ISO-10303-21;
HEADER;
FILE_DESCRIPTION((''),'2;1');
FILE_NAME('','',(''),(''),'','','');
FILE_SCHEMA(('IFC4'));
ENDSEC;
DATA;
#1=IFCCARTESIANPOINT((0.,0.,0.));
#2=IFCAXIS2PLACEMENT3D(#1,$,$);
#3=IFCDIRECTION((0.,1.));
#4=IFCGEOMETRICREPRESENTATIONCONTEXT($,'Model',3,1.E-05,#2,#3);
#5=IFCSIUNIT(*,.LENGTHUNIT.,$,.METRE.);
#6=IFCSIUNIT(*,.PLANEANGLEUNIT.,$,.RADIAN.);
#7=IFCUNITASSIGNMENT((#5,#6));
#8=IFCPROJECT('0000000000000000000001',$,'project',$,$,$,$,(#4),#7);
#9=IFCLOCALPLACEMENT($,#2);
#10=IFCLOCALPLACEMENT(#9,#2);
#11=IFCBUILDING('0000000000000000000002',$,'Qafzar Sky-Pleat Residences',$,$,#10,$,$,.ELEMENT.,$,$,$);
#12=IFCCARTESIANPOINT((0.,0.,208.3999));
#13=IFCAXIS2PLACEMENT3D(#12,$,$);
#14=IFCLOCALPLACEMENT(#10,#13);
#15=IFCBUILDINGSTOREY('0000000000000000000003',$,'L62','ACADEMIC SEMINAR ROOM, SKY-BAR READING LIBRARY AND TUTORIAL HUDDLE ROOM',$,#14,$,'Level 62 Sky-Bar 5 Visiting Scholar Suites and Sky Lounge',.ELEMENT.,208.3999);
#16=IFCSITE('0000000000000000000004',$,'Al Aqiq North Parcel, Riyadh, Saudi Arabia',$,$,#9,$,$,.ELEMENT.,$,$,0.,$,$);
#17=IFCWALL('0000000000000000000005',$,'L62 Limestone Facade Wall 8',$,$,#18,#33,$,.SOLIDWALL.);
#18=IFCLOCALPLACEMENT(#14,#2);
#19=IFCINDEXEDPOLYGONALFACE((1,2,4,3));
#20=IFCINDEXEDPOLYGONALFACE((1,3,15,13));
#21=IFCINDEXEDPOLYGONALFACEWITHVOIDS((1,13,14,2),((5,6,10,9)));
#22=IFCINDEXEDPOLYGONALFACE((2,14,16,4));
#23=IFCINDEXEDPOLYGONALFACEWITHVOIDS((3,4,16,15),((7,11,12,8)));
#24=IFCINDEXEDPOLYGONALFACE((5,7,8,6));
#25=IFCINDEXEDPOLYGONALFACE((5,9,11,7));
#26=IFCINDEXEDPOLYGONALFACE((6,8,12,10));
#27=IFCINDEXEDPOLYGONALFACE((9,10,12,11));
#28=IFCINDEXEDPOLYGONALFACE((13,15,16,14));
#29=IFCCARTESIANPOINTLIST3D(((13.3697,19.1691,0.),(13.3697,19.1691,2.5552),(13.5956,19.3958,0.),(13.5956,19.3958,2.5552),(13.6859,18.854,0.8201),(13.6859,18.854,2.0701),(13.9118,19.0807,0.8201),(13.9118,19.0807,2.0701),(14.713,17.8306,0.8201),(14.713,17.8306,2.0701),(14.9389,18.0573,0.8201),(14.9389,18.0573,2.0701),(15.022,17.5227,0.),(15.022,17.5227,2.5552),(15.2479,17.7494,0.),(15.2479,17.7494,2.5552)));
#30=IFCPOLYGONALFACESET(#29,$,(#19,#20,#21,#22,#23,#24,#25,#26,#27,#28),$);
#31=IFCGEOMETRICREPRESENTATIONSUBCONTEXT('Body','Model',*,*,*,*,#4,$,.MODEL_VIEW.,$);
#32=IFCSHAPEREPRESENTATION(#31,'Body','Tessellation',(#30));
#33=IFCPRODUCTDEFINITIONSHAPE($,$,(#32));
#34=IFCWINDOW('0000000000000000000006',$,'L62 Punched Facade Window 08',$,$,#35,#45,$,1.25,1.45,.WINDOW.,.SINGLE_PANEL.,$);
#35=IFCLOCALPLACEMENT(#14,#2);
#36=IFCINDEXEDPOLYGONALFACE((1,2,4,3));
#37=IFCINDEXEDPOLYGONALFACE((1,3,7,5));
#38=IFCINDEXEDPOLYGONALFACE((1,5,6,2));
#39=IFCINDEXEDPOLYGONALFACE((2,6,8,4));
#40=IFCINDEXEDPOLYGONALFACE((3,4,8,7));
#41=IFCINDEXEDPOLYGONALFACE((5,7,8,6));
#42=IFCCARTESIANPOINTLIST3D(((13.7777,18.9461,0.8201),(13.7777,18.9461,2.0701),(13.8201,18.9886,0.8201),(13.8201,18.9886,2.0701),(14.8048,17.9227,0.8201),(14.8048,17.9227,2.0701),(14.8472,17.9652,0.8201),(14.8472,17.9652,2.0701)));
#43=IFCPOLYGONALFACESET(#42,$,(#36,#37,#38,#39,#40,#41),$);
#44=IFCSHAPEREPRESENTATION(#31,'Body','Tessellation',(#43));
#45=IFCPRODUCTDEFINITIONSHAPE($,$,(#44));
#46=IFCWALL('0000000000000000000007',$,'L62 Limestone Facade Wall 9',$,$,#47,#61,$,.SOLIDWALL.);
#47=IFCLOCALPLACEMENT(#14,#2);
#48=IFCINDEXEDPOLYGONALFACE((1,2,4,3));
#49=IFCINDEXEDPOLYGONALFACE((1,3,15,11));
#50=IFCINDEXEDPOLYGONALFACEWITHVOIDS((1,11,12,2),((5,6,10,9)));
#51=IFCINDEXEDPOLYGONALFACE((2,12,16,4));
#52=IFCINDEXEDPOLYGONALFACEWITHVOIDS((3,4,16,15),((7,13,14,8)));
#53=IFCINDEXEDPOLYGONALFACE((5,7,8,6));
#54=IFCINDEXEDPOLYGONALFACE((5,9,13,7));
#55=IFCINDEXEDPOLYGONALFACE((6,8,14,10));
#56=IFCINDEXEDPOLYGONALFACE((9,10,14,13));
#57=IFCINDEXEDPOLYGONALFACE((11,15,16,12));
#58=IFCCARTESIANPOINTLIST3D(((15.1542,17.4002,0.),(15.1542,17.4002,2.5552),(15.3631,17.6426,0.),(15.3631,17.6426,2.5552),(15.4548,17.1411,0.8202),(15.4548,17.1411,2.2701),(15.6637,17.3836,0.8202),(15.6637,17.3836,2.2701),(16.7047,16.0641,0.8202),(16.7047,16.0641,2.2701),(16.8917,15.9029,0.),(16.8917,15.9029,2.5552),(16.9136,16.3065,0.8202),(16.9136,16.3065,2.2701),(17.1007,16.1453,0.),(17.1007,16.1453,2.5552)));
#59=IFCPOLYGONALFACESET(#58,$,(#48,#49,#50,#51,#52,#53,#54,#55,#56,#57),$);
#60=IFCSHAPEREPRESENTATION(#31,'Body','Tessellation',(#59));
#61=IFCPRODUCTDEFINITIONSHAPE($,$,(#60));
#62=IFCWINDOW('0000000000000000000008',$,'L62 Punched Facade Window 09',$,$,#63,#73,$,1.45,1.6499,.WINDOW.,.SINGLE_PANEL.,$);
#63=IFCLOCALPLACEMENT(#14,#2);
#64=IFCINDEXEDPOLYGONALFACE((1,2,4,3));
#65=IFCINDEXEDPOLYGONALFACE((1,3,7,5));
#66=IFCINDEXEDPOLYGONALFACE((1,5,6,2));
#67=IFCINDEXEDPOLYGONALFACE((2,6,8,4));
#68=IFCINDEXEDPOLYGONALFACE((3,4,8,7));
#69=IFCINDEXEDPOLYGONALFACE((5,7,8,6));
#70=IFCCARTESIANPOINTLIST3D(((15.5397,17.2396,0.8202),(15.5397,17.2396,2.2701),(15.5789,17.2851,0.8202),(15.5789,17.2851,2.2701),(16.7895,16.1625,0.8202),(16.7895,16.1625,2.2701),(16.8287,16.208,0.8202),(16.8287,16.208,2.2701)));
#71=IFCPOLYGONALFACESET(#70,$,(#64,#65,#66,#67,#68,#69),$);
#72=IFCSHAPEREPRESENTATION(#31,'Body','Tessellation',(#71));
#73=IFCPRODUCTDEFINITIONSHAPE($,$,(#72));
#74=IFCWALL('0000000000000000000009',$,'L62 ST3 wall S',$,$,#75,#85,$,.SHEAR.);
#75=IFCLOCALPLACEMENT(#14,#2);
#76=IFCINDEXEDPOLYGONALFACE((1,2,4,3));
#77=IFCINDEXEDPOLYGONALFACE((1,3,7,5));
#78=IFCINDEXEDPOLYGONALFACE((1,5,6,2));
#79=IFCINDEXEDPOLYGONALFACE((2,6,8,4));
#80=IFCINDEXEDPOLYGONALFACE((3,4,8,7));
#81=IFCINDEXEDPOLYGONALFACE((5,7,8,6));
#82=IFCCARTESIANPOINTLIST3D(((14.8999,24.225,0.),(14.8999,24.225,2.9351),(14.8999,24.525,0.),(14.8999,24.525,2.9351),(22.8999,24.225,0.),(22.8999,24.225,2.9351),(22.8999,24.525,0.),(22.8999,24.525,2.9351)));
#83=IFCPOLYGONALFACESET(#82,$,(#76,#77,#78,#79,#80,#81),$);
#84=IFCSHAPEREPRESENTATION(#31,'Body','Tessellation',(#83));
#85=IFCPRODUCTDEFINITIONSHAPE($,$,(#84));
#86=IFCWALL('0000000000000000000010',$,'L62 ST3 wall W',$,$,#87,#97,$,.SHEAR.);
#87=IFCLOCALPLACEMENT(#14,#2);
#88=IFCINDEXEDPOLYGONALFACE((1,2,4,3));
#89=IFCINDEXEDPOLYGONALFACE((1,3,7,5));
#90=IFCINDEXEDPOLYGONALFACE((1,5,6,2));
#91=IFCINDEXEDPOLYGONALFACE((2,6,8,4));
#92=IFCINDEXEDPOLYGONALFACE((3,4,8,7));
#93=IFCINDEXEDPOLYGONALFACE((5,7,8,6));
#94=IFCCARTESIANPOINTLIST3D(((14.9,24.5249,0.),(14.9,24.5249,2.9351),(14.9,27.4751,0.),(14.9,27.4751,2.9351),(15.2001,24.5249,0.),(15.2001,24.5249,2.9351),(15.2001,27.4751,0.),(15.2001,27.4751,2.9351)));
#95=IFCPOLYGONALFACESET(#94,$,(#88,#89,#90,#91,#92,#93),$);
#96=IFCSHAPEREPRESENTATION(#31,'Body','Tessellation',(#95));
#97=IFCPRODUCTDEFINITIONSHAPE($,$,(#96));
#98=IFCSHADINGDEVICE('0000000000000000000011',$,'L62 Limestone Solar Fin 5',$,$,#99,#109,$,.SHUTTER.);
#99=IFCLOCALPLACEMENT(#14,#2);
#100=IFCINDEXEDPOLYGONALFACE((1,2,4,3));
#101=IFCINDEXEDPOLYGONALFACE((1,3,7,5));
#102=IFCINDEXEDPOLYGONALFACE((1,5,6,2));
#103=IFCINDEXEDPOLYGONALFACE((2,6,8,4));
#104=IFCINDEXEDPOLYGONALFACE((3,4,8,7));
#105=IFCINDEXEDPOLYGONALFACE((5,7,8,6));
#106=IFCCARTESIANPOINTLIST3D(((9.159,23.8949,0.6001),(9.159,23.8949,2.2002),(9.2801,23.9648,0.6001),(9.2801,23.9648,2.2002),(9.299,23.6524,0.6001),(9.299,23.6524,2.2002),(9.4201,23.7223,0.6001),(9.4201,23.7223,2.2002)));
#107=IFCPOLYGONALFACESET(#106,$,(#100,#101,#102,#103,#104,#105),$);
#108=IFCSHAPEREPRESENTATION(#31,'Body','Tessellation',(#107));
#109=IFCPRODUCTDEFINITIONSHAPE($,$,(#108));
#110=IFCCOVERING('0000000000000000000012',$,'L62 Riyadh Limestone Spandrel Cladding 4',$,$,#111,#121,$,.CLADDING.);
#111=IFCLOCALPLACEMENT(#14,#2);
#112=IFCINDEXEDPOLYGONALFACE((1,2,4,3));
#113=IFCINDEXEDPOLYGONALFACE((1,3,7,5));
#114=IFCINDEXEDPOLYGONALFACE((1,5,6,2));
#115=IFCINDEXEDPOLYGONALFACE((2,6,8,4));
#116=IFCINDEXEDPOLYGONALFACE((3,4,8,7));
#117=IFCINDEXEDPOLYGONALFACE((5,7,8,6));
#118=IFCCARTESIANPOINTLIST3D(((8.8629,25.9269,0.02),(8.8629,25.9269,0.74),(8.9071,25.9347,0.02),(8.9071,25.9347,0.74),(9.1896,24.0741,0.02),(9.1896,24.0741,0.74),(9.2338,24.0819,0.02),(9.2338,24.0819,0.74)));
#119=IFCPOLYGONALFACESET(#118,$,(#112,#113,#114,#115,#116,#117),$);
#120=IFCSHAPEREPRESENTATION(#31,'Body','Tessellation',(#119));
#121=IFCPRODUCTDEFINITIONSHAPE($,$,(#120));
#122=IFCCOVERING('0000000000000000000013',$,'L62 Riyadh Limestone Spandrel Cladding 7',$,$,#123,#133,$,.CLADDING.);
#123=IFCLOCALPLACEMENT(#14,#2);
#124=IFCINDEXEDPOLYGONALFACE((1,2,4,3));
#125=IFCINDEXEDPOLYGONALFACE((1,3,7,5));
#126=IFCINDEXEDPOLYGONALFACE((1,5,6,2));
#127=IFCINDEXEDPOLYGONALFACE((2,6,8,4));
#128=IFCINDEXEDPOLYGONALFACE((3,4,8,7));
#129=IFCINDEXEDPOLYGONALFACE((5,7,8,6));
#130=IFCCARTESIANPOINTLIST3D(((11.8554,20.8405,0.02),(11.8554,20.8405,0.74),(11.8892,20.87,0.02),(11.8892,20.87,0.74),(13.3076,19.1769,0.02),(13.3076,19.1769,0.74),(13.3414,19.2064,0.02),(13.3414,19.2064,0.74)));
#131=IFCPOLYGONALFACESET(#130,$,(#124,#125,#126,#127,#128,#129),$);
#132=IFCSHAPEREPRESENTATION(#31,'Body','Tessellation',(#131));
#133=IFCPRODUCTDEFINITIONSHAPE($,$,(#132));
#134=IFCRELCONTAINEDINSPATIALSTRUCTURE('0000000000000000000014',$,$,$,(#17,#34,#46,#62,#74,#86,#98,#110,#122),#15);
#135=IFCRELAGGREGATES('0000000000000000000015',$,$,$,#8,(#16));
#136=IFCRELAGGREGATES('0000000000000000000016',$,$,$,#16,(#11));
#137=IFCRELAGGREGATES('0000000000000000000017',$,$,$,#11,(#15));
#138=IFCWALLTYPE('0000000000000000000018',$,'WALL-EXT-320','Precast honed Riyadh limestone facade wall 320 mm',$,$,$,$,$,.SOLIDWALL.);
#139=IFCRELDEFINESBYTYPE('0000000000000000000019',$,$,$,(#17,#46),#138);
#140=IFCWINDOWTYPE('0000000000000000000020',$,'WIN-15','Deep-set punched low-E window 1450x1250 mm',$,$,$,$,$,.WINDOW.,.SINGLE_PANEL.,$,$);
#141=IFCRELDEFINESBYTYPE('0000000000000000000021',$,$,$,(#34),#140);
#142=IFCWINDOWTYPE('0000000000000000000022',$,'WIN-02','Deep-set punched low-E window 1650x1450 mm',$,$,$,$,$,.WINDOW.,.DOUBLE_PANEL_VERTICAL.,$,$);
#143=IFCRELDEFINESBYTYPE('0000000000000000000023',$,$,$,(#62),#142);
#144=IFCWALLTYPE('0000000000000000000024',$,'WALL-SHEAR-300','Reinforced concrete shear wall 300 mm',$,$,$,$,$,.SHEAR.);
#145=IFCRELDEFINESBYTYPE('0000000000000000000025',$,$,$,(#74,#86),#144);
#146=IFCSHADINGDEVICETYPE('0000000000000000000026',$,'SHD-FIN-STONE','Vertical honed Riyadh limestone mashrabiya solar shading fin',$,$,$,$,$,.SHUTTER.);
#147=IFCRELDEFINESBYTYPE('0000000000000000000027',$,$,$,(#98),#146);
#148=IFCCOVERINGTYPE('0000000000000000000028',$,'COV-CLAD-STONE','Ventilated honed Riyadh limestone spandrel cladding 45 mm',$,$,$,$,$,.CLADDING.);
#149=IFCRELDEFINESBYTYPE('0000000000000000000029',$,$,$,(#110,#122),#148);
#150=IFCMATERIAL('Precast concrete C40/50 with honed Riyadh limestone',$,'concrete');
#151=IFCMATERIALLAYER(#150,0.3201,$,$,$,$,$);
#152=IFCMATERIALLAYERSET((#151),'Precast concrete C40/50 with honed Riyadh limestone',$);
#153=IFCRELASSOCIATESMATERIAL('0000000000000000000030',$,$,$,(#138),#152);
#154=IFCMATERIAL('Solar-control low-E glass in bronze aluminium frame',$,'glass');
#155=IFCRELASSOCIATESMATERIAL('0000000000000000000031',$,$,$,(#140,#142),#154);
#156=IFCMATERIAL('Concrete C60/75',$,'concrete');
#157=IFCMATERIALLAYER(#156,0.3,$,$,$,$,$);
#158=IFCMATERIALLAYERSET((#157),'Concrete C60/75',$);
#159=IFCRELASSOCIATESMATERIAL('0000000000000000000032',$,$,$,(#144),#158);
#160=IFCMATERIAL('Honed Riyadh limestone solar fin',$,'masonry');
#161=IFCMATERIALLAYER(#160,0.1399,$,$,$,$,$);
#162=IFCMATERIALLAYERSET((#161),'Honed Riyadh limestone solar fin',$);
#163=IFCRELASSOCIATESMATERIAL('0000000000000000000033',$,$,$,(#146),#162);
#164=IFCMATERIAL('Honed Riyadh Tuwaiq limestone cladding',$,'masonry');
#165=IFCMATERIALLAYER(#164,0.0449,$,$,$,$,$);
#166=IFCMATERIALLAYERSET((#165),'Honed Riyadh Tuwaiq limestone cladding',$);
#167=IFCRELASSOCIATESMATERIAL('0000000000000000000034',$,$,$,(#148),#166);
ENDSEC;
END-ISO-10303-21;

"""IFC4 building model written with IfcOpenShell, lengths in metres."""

from ifc_helpers import new_model, si_unit, direction, frame, frame_2d, origin, origin_2d, place, context, subcontext, project, spatial, rectangle, extrude, source, transform, mapped, material, layer, layer_set, type_object, element, fill, save


model = new_model("IFC4")

# Units and contexts
model_context = context("Model", 3, precision=1e-05, world=origin(), true_north=direction((0.0, 1.0)))
body_context = subcontext(model_context, "Body", "Model", "MODEL_VIEW")
ifc_project = project(units=[si_unit("LENGTHUNIT", "METRE"), si_unit("PLANEANGLEUNIT", "RADIAN")], contexts=[model_context])

# Site, building, storey
site_placement = place(None, origin())
site = spatial("IfcSite", under=ifc_project, at=site_placement, Name="Al Aqiq North Parcel, Riyadh, Saudi Arabia", CompositionType="ELEMENT", RefElevation=0.0)
building_placement = place(site_placement, origin())
building = spatial("IfcBuilding", under=site, at=building_placement, Name="Qafzar Sky-Pleat Residences", CompositionType="ELEMENT")
storey_placement = place(building_placement, frame((0.0, 0.0, 208.3999)))
storey = spatial("IfcBuildingStorey", under=building, at=storey_placement, Name="L62", Description="ACADEMIC SEMINAR ROOM, SKY-BAR READING LIBRARY AND TUTORIAL HUDDLE ROOM", LongName="Level 62 Sky-Bar 5 Visiting Scholar Suites and Sky Lounge", CompositionType="ELEMENT", Elevation=208.3999)

# Walls, openings, windows
ifc_material_1 = material(Name="Precast concrete C40/50 with honed Riyadh limestone", Category="concrete")
ifc_layer_1 = layer(ifc_material_1, 0.3201)
ifc_layer_set_1 = layer_set([ifc_layer_1], Name="Precast concrete C40/50 with honed Riyadh limestone")
wall_type_1 = type_object("IfcWallType", Name="WALL-EXT-320", Description="Precast honed Riyadh limestone facade wall 320 mm", PredefinedType="SOLIDWALL", material=ifc_layer_set_1)
ifc_material_2 = material(Name="Solar-control low-E glass in bronze aluminium frame", Category="glass")
window_type_1 = type_object("IfcWindowType", Name="WIN-15", Description="Deep-set punched low-E window 1450x1250 mm", PartitioningType="SINGLE_PANEL", PredefinedType="WINDOW", material=ifc_material_2)
shared_shape_1 = source(origin(), body_context, "Body", "SweptSolid", [
    extrude(rectangle(XDim=1.45, YDim=1.25, at=frame_2d((0.7251, 0.625))), frame((0.0, 0.03, 0.0), z_axis=(0.0, -1.0, 0.0), x_axis=(1.0, 0.0, 0.0)), (0.0, 0.0, 1.0), 0.0601),
])
wall_1_placement = place(storey_placement, frame((13.4827, 19.2825, 0.0), z_axis=(0.0, 0.0, 1.0), x_axis=(0.708362, -0.70585, 0.0)))
wall_1 = element("IfcWall", 1, at=wall_1_placement, inside=storey, type_object=wall_type_1, Name="L62 Limestone Facade Wall 8", PredefinedType="SOLIDWALL", context=body_context, shape_type="SweptSolid", body=[
    extrude(rectangle(XDim=2.3325, YDim=0.3201, at=frame_2d((1.1663, 0.0))), origin(), (0.0, 0.0, 1.0), 2.5552),
])
opening_1_placement = place(wall_1_placement, frame((0.4463, 0.0, 0.8201)))
opening_1 = element("IfcOpeningElement", 2, at=opening_1_placement, cuts=wall_1, PredefinedType="OPENING", context=body_context, shape_type="SweptSolid", body=[
    extrude(rectangle(XDim=1.45, YDim=1.25, at=frame_2d((0.7251, 0.625))), frame((0.0, 0.1699, 0.0), z_axis=(0.0, -1.0, 0.0), x_axis=(1.0, 0.0, 0.0)), (0.0, 0.0, 1.0), 0.3401),
])
window_1_placement = place(opening_1_placement, origin())
window_1 = element("IfcWindow", 3, at=window_1_placement, inside=storey, type_object=window_type_1, Name="L62 Punched Facade Window 08", OverallHeight=1.25, OverallWidth=1.45, PartitioningType="SINGLE_PANEL", PredefinedType="WINDOW", context=body_context, shape_type="MappedRepresentation", body=[
    mapped(shared_shape_1, transform((0.0, 0.0, 0.0), x_axis=(1.0, 0.0, 0.0), y_axis=(0.0, 1.0, 0.0), z_axis=(0.0, 0.0, 1.0), scale=1.0)),
])
fill(opening_1, window_1)
wall_2_placement = place(storey_placement, frame((15.2585, 17.5215, 0.0), z_axis=(0.0, 0.0, 1.0), x_axis=(0.757533, -0.652796, 0.0)))
wall_2 = element("IfcWall", 4, at=wall_2_placement, inside=storey, type_object=wall_type_1, Name="L62 Limestone Facade Wall 9", PredefinedType="SOLIDWALL", context=body_context, shape_type="SweptSolid", body=[
    extrude(rectangle(XDim=2.2937, YDim=0.3201, at=frame_2d((1.147, 0.0))), origin(), (0.0, 0.0, 1.0), 2.5552),
])
opening_2_placement = place(wall_2_placement, frame((0.397, 0.0, 0.8201)))
opening_2 = element("IfcOpeningElement", 5, at=opening_2_placement, cuts=wall_2, PredefinedType="OPENING", context=body_context, shape_type="SweptSolid", body=[
    extrude(rectangle(XDim=1.6499, YDim=1.45, at=frame_2d((0.825, 0.7251))), frame((0.0, 0.1699, 0.0), z_axis=(0.0, -1.0, 0.0), x_axis=(1.0, 0.0, 0.0)), (0.0, 0.0, 1.0), 0.3401),
])
window_type_2 = type_object("IfcWindowType", Name="WIN-02", Description="Deep-set punched low-E window 1650x1450 mm", PartitioningType="DOUBLE_PANEL_VERTICAL", PredefinedType="WINDOW", material=ifc_material_2)
shared_shape_2 = source(origin(), body_context, "Body", "SweptSolid", [
    extrude(rectangle(XDim=1.6499, YDim=1.45, at=frame_2d((0.825, 0.7251))), frame((0.0, 0.03, 0.0), z_axis=(0.0, -1.0, 0.0), x_axis=(1.0, 0.0, 0.0)), (0.0, 0.0, 1.0), 0.0601),
])
window_2_placement = place(opening_2_placement, origin())
window_2 = element("IfcWindow", 6, at=window_2_placement, inside=storey, type_object=window_type_2, Name="L62 Punched Facade Window 09", OverallHeight=1.45, OverallWidth=1.6499, PartitioningType="SINGLE_PANEL", PredefinedType="WINDOW", context=body_context, shape_type="MappedRepresentation", body=[
    mapped(shared_shape_2, transform((0.0, 0.0, 0.0), x_axis=(1.0, 0.0, 0.0), y_axis=(0.0, 1.0, 0.0), z_axis=(0.0, 0.0, 1.0), scale=1.0)),
])
fill(opening_2, window_2)

# Walls
ifc_material_3 = material(Name="Concrete C60/75", Category="concrete")
ifc_layer_2 = layer(ifc_material_3, 0.3)
ifc_layer_set_2 = layer_set([ifc_layer_2], Name="Concrete C60/75")
wall_type_2 = type_object("IfcWallType", Name="WALL-SHEAR-300", Description="Reinforced concrete shear wall 300 mm", PredefinedType="SHEAR", material=ifc_layer_set_2)
wall_3_placement = place(storey_placement, frame((14.8999, 24.375, 0.0), z_axis=(0.0, 0.0, 1.0), x_axis=(1.0, 0.0, 0.0)))
element("IfcWall", 7, at=wall_3_placement, inside=storey, type_object=wall_type_2, Name="L62 ST3 wall S", PredefinedType="SHEAR", context=body_context, shape_type="SweptSolid", body=[
    extrude(rectangle(XDim=8.0, YDim=0.3, at=frame_2d((4.0, 0.0))), origin(), (0.0, 0.0, 1.0), 2.9351),
])
wall_4_placement = place(storey_placement, frame((15.05, 27.4751, 0.0), z_axis=(0.0, 0.0, 1.0), x_axis=(0.0, -1.0, 0.0)))
element("IfcWall", 8, at=wall_4_placement, inside=storey, type_object=wall_type_2, Name="L62 ST3 wall W", PredefinedType="SHEAR", context=body_context, shape_type="SweptSolid", body=[
    extrude(rectangle(XDim=2.9502, YDim=0.3, at=frame_2d((1.4751, 0.0))), origin(), (0.0, 0.0, 1.0), 2.9351),
])

# Shading device
ifc_material_4 = material(Name="Honed Riyadh limestone solar fin", Category="masonry")
ifc_layer_3 = layer(ifc_material_4, 0.1399)
ifc_layer_set_3 = layer_set([ifc_layer_3], Name="Honed Riyadh limestone solar fin")
shading_device_type = type_object("IfcShadingDeviceType", Name="SHD-FIN-STONE", Description="Vertical honed Riyadh limestone mashrabiya solar shading fin", PredefinedType="SHUTTER", material=ifc_layer_set_3)
shared_shape_3 = source(origin(), body_context, "Body", "SweptSolid", [
    extrude(rectangle(XDim=0.1399, YDim=0.28, at=origin_2d()), origin(), (0.0, 0.0, 1.0), 1.6001),
])
shading_device_placement = place(storey_placement, frame((9.2896, 23.8086, 0.6001), z_axis=(0.0, 0.0, 1.0), x_axis=(-0.866044, -0.499967, 0.0)))
element("IfcShadingDevice", 9, at=shading_device_placement, inside=storey, type_object=shading_device_type, Name="L62 Limestone Solar Fin 5", PredefinedType="SHUTTER", context=body_context, shape_type="MappedRepresentation", body=[
    mapped(shared_shape_3, transform((0.0, 0.0, 0.0), x_axis=(1.0, 0.0, 0.0), y_axis=(0.0, 1.0, 0.0), z_axis=(0.0, 0.0, 1.0), scale=1.0)),
])

# Covering
ifc_material_5 = material(Name="Honed Riyadh Tuwaiq limestone cladding", Category="masonry")
ifc_layer_4 = layer(ifc_material_5, 0.0449)
ifc_layer_set_4 = layer_set([ifc_layer_4], Name="Honed Riyadh Tuwaiq limestone cladding")
covering_type = type_object("IfcCoveringType", Name="COV-CLAD-STONE", Description="Ventilated honed Riyadh limestone spandrel cladding 45 mm", PredefinedType="CLADDING", material=ifc_layer_set_4)
shared_shape_4 = source(origin(), body_context, "Body", "SweptSolid", [
    extrude(rectangle(XDim=1.8813, YDim=0.0449, at=origin_2d()), origin(), (0.0, 0.0, 1.0), 0.72),
])
covering_1_placement = place(storey_placement, frame((9.0483, 25.0044, 0.02), z_axis=(0.0, 0.0, 1.0), x_axis=(0.173663, -0.984805, 0.0)))
element("IfcCovering", 10, at=covering_1_placement, inside=storey, type_object=covering_type, Name="L62 Riyadh Limestone Spandrel Cladding 4", PredefinedType="CLADDING", context=body_context, shape_type="MappedRepresentation", body=[
    mapped(shared_shape_4, transform((0.0, 0.0, 0.0), x_axis=(1.0, 0.0, 0.0), y_axis=(0.0, 1.0, 0.0), z_axis=(0.0, 0.0, 1.0), scale=1.0)),
])

# Covering
shared_shape_5 = source(origin(), body_context, "Body", "SweptSolid", [
    extrude(rectangle(XDim=2.2083, YDim=0.0449, at=origin_2d()), origin(), (0.0, 0.0, 1.0), 0.72),
])
covering_2_placement = place(storey_placement, frame((12.5984, 20.0234, 0.02), z_axis=(0.0, 0.0, 1.0), x_axis=(0.657615, -0.753354, 0.0)))
element("IfcCovering", 11, at=covering_2_placement, inside=storey, type_object=covering_type, Name="L62 Riyadh Limestone Spandrel Cladding 7", PredefinedType="CLADDING", context=body_context, shape_type="MappedRepresentation", body=[
    mapped(shared_shape_5, transform((0.0, 0.0, 0.0), x_axis=(1.0, 0.0, 0.0), y_axis=(0.0, 1.0, 0.0), z_axis=(0.0, 0.0, 1.0), scale=1.0)),
])

save(model, "model.ifc")
